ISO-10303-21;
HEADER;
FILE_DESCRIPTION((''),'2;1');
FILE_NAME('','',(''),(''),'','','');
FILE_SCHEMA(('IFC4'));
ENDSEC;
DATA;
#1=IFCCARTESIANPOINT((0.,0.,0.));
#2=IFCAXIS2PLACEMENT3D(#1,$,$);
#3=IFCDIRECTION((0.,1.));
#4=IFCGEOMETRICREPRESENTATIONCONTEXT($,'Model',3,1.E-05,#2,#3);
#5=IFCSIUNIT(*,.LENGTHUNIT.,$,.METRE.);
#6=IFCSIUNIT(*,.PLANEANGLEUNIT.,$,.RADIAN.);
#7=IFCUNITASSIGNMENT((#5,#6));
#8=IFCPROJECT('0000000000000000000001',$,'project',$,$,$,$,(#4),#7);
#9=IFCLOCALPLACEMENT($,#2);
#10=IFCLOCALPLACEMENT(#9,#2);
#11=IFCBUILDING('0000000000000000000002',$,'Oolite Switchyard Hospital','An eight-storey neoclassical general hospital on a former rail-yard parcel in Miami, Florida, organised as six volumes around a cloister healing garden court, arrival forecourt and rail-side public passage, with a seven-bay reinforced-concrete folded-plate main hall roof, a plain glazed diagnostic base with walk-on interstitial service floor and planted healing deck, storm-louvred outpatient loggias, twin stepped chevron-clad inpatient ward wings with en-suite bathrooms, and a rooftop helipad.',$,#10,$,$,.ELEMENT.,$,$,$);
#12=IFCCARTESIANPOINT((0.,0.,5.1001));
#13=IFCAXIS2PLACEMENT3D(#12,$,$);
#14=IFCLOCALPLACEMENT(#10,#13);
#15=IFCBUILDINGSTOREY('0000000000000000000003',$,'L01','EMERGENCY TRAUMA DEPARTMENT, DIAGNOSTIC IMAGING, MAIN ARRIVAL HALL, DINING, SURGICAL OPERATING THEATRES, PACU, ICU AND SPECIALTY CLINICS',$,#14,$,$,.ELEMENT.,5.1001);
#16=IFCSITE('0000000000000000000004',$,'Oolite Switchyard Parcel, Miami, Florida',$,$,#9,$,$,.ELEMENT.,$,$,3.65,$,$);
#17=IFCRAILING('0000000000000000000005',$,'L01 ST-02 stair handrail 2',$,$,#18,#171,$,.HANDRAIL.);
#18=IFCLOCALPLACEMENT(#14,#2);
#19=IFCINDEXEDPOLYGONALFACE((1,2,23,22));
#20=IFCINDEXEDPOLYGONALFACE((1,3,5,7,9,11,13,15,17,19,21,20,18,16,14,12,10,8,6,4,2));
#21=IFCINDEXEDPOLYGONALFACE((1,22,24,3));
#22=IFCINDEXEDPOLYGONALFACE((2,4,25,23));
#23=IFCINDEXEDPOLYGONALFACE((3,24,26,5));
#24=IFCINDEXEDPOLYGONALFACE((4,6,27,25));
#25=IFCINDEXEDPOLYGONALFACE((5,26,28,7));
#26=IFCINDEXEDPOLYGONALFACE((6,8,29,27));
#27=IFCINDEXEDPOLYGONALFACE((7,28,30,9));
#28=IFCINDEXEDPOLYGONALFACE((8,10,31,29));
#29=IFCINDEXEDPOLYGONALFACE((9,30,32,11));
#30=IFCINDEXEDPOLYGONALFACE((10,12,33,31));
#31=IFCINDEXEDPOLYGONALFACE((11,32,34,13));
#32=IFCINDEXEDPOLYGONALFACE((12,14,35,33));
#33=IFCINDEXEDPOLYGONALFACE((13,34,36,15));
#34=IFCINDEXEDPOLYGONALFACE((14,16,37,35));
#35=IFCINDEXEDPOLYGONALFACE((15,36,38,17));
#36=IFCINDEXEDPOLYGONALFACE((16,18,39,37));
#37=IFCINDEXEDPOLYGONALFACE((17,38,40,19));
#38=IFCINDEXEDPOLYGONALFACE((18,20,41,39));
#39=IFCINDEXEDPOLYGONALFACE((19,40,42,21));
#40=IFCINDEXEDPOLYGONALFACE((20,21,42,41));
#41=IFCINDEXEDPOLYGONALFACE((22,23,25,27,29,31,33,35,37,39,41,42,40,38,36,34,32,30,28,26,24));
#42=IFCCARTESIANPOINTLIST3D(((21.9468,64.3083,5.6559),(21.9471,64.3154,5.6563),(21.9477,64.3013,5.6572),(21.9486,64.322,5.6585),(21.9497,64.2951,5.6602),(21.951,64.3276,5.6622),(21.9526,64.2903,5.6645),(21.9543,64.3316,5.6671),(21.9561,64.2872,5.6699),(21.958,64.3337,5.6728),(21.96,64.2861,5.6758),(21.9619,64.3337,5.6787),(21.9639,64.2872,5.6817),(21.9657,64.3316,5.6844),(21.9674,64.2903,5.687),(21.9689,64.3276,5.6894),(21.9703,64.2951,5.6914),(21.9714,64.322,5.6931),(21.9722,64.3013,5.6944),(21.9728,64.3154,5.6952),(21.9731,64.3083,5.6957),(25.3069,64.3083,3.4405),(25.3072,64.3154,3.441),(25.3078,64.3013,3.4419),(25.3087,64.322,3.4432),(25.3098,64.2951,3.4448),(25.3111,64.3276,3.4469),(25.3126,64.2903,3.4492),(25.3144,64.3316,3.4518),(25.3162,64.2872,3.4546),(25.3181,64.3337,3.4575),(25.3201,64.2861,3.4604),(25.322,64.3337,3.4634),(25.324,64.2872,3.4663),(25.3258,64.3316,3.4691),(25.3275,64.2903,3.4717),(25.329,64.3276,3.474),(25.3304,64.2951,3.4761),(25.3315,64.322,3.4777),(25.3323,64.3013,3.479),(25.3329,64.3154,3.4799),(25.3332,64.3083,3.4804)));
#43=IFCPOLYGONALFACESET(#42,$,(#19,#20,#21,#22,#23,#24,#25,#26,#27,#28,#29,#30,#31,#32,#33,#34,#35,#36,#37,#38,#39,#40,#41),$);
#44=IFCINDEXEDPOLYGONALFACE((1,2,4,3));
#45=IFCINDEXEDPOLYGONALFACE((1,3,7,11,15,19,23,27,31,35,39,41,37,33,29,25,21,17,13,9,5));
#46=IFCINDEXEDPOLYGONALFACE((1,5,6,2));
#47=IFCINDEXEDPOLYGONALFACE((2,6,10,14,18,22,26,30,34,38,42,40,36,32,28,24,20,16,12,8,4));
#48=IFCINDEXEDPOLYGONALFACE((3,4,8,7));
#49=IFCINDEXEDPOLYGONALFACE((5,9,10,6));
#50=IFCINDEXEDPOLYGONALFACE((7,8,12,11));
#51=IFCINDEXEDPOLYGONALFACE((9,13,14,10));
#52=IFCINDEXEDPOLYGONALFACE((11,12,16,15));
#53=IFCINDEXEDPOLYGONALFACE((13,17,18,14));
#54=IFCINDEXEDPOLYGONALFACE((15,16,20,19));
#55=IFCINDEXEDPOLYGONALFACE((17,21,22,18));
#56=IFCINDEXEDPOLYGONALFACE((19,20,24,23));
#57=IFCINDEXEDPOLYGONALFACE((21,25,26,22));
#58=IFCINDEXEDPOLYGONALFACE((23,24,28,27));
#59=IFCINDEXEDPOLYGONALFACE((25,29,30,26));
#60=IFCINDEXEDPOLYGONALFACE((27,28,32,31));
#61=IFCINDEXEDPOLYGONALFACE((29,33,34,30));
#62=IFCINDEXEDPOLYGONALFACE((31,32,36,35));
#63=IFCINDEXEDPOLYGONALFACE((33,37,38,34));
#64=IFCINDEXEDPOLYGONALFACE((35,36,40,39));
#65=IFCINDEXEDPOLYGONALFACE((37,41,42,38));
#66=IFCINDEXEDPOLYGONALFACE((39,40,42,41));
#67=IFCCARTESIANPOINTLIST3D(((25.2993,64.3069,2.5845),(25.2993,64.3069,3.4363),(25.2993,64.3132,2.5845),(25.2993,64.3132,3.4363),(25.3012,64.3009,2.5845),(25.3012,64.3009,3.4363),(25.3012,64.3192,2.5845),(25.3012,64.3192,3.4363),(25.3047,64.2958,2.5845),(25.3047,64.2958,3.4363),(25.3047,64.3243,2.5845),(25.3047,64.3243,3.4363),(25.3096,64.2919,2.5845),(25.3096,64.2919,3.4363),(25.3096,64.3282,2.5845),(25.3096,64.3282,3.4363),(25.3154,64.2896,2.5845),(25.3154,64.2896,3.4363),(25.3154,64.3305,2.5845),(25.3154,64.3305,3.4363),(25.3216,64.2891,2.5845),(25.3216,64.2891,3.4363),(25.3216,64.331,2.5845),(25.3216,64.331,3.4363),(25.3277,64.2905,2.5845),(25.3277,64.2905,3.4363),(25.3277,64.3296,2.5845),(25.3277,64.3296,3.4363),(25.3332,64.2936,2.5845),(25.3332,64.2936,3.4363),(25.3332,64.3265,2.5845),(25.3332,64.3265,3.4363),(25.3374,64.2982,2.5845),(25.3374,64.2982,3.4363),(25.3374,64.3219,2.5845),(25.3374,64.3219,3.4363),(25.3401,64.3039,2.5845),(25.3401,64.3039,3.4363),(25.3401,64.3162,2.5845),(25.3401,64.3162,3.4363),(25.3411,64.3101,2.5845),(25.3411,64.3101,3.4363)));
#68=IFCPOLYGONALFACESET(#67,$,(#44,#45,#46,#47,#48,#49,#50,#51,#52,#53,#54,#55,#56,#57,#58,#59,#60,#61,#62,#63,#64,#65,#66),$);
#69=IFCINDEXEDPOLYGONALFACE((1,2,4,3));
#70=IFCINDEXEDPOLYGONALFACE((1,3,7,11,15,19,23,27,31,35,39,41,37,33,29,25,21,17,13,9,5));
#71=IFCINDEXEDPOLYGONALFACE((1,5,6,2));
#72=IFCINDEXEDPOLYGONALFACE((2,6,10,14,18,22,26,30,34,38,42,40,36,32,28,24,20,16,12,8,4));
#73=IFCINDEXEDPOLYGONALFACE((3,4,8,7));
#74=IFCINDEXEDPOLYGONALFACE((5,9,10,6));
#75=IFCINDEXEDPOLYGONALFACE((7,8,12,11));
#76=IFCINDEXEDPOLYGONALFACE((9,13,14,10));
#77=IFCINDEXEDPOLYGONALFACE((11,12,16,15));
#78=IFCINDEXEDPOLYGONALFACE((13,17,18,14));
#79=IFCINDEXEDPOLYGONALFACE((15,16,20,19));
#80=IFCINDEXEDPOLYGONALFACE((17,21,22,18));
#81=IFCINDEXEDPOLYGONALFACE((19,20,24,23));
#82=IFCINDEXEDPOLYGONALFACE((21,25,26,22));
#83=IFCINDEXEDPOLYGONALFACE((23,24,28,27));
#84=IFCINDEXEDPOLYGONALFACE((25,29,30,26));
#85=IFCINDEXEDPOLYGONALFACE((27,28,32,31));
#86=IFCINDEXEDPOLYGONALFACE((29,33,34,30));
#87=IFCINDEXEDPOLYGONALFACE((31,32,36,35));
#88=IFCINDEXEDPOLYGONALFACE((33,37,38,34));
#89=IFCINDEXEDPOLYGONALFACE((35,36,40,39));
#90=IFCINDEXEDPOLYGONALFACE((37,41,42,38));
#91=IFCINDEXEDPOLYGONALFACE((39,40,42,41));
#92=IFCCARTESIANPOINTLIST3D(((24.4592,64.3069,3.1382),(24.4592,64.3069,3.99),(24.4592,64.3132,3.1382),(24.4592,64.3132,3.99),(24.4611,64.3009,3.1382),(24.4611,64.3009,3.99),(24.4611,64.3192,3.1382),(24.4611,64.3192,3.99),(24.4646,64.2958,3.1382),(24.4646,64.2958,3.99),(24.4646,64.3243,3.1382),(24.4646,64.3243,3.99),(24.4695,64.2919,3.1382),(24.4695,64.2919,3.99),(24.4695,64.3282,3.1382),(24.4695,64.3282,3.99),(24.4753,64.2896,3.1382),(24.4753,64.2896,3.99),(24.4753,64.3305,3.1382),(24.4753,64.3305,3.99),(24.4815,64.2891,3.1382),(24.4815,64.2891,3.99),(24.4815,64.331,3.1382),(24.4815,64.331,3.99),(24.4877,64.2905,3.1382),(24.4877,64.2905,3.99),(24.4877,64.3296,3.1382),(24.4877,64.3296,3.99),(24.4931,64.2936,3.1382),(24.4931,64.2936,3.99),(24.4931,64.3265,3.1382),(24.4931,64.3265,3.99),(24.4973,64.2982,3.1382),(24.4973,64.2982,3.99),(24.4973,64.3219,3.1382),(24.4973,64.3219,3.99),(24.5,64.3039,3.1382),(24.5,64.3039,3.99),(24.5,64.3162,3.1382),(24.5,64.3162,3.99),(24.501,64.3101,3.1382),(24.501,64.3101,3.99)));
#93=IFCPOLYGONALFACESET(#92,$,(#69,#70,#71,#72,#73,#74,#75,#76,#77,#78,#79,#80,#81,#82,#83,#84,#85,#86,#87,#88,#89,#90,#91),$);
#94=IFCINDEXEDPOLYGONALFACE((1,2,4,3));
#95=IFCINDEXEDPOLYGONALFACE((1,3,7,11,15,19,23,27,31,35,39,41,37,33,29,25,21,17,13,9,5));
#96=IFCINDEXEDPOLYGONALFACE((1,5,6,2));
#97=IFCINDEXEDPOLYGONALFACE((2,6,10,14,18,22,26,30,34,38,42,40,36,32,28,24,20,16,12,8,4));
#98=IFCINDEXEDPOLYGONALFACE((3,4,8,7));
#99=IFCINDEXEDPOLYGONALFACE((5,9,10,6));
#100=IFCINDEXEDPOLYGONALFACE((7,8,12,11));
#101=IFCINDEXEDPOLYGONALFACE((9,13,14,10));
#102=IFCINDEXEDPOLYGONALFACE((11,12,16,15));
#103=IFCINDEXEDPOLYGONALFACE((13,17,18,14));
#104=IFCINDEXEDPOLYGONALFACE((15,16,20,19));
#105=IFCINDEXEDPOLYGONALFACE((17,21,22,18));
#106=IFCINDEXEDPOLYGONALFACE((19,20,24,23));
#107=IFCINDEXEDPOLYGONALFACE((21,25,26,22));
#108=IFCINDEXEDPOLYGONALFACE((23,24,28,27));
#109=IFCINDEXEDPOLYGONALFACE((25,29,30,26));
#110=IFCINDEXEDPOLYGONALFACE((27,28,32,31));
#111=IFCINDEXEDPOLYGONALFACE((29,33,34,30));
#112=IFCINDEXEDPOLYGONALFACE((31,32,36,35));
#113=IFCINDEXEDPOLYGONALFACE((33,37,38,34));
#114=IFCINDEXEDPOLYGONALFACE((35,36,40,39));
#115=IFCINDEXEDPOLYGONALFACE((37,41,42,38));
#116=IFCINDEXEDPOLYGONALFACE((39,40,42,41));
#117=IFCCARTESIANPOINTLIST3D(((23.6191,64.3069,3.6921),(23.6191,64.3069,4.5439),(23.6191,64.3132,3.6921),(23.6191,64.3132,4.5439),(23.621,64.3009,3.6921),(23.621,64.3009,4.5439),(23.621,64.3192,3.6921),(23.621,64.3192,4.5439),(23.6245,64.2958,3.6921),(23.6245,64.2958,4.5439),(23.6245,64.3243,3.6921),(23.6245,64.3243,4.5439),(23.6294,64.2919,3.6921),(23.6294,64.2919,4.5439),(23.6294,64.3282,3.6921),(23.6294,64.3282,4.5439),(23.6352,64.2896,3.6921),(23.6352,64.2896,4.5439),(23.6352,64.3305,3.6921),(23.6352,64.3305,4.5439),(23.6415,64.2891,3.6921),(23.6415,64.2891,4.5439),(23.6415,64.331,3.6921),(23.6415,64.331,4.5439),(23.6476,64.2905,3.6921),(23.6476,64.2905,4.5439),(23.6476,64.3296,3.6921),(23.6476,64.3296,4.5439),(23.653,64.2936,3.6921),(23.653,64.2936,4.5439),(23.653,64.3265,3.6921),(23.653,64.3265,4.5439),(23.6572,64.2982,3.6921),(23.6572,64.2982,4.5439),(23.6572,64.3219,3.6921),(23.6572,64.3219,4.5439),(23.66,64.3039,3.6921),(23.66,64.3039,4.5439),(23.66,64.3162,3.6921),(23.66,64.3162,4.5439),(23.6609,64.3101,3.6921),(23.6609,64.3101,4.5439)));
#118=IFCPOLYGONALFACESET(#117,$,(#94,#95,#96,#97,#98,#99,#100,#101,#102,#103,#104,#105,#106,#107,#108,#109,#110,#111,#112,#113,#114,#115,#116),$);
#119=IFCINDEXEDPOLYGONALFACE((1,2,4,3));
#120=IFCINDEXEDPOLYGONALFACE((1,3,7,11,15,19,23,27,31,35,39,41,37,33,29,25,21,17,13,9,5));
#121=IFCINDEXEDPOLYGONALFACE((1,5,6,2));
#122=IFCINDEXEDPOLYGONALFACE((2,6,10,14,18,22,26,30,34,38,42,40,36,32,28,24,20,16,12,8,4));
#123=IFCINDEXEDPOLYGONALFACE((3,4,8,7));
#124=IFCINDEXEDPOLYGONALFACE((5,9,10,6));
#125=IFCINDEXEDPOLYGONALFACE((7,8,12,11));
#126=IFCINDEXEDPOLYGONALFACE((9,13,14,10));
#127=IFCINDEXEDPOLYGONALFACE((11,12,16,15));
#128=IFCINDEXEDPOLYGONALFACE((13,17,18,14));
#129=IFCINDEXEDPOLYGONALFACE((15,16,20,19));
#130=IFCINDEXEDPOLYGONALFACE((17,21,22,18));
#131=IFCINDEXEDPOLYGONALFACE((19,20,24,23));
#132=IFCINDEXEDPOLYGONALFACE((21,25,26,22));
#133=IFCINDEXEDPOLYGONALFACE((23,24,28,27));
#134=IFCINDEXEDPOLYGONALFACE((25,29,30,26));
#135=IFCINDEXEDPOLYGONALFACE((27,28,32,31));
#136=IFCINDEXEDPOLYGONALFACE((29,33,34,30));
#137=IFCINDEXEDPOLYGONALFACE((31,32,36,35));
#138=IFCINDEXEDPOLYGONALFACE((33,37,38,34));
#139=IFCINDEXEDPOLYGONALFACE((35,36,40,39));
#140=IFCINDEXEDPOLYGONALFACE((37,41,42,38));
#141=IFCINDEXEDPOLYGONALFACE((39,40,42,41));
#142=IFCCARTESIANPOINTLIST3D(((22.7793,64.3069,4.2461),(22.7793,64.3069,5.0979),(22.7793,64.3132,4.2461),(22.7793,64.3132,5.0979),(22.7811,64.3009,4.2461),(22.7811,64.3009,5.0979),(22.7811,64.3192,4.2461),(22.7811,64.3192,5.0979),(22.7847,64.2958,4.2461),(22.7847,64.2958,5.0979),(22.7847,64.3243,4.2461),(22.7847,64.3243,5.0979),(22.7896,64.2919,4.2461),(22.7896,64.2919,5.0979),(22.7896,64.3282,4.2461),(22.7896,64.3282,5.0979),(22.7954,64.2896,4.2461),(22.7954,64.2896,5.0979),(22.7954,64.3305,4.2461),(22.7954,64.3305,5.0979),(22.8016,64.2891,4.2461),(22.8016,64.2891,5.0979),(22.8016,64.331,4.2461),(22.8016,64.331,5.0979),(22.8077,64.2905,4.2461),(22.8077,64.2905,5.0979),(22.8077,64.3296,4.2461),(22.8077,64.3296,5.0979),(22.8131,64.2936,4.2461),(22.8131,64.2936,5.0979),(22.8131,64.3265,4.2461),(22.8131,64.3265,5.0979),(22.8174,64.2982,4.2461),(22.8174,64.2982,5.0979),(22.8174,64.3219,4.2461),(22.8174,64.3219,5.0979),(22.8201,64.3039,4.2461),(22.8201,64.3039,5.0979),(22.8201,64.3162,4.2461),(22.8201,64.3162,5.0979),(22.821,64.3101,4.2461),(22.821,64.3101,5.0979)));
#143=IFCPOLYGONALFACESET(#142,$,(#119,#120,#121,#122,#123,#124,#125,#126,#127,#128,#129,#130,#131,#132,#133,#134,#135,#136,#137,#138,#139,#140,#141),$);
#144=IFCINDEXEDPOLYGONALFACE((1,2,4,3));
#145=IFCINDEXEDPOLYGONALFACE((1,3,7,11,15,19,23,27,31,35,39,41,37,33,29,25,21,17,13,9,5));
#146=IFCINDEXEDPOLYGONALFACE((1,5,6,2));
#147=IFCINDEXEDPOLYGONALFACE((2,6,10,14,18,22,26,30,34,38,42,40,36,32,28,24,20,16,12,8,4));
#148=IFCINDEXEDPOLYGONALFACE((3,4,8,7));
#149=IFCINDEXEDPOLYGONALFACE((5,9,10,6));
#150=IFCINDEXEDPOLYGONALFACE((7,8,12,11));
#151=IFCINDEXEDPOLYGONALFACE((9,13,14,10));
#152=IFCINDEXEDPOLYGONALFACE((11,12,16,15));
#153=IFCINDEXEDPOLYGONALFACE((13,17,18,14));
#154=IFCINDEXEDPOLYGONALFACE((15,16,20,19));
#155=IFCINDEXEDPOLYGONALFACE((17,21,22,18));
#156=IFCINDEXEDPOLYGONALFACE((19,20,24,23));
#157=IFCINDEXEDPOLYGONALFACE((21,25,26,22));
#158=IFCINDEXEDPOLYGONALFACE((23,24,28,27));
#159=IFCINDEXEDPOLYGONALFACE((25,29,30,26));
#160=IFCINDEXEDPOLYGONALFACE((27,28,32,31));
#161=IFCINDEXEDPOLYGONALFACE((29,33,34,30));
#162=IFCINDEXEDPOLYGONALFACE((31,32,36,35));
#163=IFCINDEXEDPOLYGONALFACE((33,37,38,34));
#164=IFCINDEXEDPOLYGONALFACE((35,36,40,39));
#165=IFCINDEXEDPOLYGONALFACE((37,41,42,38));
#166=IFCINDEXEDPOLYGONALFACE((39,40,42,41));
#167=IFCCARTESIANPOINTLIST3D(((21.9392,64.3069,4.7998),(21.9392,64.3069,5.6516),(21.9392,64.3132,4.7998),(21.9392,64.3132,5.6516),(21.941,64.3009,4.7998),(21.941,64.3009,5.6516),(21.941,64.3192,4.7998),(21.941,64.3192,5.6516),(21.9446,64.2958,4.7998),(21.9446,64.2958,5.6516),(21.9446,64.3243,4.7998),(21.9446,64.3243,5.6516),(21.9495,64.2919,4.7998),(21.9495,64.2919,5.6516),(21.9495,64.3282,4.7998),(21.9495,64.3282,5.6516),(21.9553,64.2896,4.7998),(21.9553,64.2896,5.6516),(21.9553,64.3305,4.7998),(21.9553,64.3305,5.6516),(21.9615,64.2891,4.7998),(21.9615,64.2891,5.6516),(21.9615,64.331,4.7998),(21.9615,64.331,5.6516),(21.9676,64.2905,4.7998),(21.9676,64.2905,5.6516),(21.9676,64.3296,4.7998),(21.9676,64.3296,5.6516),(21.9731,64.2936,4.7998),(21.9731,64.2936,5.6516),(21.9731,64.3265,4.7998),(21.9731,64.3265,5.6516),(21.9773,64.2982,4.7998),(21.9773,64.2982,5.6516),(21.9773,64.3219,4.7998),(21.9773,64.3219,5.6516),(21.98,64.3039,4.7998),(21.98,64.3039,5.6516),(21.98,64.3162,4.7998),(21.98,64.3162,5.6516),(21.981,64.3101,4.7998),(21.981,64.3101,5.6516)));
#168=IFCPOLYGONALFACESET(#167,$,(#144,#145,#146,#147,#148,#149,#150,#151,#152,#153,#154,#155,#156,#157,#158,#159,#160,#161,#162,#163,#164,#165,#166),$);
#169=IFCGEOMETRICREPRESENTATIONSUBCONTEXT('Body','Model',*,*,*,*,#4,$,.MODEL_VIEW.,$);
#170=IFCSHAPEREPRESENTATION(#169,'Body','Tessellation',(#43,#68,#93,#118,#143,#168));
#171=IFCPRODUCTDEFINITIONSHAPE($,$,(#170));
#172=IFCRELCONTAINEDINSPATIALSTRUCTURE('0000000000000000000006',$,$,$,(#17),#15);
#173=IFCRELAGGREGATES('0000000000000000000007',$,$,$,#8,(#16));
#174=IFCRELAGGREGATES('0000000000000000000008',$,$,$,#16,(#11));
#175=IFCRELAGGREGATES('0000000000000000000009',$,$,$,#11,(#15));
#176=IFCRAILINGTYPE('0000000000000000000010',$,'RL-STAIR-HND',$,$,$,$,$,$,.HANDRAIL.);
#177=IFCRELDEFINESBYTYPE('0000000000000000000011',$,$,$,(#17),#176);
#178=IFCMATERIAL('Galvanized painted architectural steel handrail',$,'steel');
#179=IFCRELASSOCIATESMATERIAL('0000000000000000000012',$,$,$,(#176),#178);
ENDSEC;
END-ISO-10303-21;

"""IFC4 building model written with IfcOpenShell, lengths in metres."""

from ifc_helpers import new_model, si_unit, direction, frame, origin, origin_2d, place, context, subcontext, project, spatial, circle, extrude, material, type_object, element, save


model = new_model("IFC4")

# Units and contexts
model_context = context("Model", 3, precision=1e-05, world=origin(), true_north=direction((0.0, 1.0)))
body_context = subcontext(model_context, "Body", "Model", "MODEL_VIEW")
ifc_project = project(units=[si_unit("LENGTHUNIT", "METRE"), si_unit("PLANEANGLEUNIT", "RADIAN")], contexts=[model_context])

# Site, building, storey
site_placement = place(None, origin())
site = spatial("IfcSite", under=ifc_project, at=site_placement, Name="Oolite Switchyard Parcel, Miami, Florida", CompositionType="ELEMENT", RefElevation=3.65)
building_placement = place(site_placement, origin())
building = spatial("IfcBuilding", under=site, at=building_placement, Name="Oolite Switchyard Hospital", Description="An eight-storey neoclassical general hospital on a former rail-yard parcel in Miami, Florida, organised as six volumes around a cloister healing garden court, arrival forecourt and rail-side public passage, with a seven-bay reinforced-concrete folded-plate main hall roof, a plain glazed diagnostic base with walk-on interstitial service floor and planted healing deck, storm-louvred outpatient loggias, twin stepped chevron-clad inpatient ward wings with en-suite bathrooms, and a rooftop helipad.", CompositionType="ELEMENT")
storey_placement = place(building_placement, frame((0.0, 0.0, 5.1001)))
storey = spatial("IfcBuildingStorey", under=building, at=storey_placement, Name="L01", Description="EMERGENCY TRAUMA DEPARTMENT, DIAGNOSTIC IMAGING, MAIN ARRIVAL HALL, DINING, SURGICAL OPERATING THEATRES, PACU, ICU AND SPECIALTY CLINICS", CompositionType="ELEMENT", Elevation=5.1001)

# Railing
ifc_material_1 = material(Name="Galvanized painted architectural steel handrail", Category="steel")
railing_type_1 = type_object("IfcRailingType", Name="RL-STAIR-HND", PredefinedType="HANDRAIL", material=ifc_material_1)
railing_1_placement = place(storey_placement, frame((25.3201, 64.3101, 2.5845)))
element("IfcRailing", 1, at=railing_1_placement, inside=storey, type_object=railing_type_1, Name="L01 ST-02 stair handrail 2", PredefinedType="HANDRAIL", context=body_context, shape_type="SweptSolid", body=[
    extrude(circle(Radius=0.0239, at=origin_2d()), frame((0.0, 0.0, 0.876), z_axis=(-0.834876, 0.0, 0.550437), x_axis=(0.0, -1.0, 0.0)), (0.0, 0.0, 1.0), 4.0247),
    extrude(circle(Radius=0.021, at=origin_2d()), origin(), (0.0, 0.0, 1.0), 0.8518),
    extrude(circle(Radius=0.021, at=origin_2d()), frame((-0.8401, 0.0, 0.5537)), (0.0, 0.0, 1.0), 0.8518),
    extrude(circle(Radius=0.021, at=origin_2d()), frame((-1.6802, 0.0, 1.1077)), (0.0, 0.0, 1.0), 0.8518),
    extrude(circle(Radius=0.021, at=origin_2d()), frame((-2.52, 0.0, 1.6616)), (0.0, 0.0, 1.0), 0.8518),
    extrude(circle(Radius=0.021, at=origin_2d()), frame((-3.3601, 0.0, 2.2153)), (0.0, 0.0, 1.0), 0.8518),
])

save(model, "model.ifc")
